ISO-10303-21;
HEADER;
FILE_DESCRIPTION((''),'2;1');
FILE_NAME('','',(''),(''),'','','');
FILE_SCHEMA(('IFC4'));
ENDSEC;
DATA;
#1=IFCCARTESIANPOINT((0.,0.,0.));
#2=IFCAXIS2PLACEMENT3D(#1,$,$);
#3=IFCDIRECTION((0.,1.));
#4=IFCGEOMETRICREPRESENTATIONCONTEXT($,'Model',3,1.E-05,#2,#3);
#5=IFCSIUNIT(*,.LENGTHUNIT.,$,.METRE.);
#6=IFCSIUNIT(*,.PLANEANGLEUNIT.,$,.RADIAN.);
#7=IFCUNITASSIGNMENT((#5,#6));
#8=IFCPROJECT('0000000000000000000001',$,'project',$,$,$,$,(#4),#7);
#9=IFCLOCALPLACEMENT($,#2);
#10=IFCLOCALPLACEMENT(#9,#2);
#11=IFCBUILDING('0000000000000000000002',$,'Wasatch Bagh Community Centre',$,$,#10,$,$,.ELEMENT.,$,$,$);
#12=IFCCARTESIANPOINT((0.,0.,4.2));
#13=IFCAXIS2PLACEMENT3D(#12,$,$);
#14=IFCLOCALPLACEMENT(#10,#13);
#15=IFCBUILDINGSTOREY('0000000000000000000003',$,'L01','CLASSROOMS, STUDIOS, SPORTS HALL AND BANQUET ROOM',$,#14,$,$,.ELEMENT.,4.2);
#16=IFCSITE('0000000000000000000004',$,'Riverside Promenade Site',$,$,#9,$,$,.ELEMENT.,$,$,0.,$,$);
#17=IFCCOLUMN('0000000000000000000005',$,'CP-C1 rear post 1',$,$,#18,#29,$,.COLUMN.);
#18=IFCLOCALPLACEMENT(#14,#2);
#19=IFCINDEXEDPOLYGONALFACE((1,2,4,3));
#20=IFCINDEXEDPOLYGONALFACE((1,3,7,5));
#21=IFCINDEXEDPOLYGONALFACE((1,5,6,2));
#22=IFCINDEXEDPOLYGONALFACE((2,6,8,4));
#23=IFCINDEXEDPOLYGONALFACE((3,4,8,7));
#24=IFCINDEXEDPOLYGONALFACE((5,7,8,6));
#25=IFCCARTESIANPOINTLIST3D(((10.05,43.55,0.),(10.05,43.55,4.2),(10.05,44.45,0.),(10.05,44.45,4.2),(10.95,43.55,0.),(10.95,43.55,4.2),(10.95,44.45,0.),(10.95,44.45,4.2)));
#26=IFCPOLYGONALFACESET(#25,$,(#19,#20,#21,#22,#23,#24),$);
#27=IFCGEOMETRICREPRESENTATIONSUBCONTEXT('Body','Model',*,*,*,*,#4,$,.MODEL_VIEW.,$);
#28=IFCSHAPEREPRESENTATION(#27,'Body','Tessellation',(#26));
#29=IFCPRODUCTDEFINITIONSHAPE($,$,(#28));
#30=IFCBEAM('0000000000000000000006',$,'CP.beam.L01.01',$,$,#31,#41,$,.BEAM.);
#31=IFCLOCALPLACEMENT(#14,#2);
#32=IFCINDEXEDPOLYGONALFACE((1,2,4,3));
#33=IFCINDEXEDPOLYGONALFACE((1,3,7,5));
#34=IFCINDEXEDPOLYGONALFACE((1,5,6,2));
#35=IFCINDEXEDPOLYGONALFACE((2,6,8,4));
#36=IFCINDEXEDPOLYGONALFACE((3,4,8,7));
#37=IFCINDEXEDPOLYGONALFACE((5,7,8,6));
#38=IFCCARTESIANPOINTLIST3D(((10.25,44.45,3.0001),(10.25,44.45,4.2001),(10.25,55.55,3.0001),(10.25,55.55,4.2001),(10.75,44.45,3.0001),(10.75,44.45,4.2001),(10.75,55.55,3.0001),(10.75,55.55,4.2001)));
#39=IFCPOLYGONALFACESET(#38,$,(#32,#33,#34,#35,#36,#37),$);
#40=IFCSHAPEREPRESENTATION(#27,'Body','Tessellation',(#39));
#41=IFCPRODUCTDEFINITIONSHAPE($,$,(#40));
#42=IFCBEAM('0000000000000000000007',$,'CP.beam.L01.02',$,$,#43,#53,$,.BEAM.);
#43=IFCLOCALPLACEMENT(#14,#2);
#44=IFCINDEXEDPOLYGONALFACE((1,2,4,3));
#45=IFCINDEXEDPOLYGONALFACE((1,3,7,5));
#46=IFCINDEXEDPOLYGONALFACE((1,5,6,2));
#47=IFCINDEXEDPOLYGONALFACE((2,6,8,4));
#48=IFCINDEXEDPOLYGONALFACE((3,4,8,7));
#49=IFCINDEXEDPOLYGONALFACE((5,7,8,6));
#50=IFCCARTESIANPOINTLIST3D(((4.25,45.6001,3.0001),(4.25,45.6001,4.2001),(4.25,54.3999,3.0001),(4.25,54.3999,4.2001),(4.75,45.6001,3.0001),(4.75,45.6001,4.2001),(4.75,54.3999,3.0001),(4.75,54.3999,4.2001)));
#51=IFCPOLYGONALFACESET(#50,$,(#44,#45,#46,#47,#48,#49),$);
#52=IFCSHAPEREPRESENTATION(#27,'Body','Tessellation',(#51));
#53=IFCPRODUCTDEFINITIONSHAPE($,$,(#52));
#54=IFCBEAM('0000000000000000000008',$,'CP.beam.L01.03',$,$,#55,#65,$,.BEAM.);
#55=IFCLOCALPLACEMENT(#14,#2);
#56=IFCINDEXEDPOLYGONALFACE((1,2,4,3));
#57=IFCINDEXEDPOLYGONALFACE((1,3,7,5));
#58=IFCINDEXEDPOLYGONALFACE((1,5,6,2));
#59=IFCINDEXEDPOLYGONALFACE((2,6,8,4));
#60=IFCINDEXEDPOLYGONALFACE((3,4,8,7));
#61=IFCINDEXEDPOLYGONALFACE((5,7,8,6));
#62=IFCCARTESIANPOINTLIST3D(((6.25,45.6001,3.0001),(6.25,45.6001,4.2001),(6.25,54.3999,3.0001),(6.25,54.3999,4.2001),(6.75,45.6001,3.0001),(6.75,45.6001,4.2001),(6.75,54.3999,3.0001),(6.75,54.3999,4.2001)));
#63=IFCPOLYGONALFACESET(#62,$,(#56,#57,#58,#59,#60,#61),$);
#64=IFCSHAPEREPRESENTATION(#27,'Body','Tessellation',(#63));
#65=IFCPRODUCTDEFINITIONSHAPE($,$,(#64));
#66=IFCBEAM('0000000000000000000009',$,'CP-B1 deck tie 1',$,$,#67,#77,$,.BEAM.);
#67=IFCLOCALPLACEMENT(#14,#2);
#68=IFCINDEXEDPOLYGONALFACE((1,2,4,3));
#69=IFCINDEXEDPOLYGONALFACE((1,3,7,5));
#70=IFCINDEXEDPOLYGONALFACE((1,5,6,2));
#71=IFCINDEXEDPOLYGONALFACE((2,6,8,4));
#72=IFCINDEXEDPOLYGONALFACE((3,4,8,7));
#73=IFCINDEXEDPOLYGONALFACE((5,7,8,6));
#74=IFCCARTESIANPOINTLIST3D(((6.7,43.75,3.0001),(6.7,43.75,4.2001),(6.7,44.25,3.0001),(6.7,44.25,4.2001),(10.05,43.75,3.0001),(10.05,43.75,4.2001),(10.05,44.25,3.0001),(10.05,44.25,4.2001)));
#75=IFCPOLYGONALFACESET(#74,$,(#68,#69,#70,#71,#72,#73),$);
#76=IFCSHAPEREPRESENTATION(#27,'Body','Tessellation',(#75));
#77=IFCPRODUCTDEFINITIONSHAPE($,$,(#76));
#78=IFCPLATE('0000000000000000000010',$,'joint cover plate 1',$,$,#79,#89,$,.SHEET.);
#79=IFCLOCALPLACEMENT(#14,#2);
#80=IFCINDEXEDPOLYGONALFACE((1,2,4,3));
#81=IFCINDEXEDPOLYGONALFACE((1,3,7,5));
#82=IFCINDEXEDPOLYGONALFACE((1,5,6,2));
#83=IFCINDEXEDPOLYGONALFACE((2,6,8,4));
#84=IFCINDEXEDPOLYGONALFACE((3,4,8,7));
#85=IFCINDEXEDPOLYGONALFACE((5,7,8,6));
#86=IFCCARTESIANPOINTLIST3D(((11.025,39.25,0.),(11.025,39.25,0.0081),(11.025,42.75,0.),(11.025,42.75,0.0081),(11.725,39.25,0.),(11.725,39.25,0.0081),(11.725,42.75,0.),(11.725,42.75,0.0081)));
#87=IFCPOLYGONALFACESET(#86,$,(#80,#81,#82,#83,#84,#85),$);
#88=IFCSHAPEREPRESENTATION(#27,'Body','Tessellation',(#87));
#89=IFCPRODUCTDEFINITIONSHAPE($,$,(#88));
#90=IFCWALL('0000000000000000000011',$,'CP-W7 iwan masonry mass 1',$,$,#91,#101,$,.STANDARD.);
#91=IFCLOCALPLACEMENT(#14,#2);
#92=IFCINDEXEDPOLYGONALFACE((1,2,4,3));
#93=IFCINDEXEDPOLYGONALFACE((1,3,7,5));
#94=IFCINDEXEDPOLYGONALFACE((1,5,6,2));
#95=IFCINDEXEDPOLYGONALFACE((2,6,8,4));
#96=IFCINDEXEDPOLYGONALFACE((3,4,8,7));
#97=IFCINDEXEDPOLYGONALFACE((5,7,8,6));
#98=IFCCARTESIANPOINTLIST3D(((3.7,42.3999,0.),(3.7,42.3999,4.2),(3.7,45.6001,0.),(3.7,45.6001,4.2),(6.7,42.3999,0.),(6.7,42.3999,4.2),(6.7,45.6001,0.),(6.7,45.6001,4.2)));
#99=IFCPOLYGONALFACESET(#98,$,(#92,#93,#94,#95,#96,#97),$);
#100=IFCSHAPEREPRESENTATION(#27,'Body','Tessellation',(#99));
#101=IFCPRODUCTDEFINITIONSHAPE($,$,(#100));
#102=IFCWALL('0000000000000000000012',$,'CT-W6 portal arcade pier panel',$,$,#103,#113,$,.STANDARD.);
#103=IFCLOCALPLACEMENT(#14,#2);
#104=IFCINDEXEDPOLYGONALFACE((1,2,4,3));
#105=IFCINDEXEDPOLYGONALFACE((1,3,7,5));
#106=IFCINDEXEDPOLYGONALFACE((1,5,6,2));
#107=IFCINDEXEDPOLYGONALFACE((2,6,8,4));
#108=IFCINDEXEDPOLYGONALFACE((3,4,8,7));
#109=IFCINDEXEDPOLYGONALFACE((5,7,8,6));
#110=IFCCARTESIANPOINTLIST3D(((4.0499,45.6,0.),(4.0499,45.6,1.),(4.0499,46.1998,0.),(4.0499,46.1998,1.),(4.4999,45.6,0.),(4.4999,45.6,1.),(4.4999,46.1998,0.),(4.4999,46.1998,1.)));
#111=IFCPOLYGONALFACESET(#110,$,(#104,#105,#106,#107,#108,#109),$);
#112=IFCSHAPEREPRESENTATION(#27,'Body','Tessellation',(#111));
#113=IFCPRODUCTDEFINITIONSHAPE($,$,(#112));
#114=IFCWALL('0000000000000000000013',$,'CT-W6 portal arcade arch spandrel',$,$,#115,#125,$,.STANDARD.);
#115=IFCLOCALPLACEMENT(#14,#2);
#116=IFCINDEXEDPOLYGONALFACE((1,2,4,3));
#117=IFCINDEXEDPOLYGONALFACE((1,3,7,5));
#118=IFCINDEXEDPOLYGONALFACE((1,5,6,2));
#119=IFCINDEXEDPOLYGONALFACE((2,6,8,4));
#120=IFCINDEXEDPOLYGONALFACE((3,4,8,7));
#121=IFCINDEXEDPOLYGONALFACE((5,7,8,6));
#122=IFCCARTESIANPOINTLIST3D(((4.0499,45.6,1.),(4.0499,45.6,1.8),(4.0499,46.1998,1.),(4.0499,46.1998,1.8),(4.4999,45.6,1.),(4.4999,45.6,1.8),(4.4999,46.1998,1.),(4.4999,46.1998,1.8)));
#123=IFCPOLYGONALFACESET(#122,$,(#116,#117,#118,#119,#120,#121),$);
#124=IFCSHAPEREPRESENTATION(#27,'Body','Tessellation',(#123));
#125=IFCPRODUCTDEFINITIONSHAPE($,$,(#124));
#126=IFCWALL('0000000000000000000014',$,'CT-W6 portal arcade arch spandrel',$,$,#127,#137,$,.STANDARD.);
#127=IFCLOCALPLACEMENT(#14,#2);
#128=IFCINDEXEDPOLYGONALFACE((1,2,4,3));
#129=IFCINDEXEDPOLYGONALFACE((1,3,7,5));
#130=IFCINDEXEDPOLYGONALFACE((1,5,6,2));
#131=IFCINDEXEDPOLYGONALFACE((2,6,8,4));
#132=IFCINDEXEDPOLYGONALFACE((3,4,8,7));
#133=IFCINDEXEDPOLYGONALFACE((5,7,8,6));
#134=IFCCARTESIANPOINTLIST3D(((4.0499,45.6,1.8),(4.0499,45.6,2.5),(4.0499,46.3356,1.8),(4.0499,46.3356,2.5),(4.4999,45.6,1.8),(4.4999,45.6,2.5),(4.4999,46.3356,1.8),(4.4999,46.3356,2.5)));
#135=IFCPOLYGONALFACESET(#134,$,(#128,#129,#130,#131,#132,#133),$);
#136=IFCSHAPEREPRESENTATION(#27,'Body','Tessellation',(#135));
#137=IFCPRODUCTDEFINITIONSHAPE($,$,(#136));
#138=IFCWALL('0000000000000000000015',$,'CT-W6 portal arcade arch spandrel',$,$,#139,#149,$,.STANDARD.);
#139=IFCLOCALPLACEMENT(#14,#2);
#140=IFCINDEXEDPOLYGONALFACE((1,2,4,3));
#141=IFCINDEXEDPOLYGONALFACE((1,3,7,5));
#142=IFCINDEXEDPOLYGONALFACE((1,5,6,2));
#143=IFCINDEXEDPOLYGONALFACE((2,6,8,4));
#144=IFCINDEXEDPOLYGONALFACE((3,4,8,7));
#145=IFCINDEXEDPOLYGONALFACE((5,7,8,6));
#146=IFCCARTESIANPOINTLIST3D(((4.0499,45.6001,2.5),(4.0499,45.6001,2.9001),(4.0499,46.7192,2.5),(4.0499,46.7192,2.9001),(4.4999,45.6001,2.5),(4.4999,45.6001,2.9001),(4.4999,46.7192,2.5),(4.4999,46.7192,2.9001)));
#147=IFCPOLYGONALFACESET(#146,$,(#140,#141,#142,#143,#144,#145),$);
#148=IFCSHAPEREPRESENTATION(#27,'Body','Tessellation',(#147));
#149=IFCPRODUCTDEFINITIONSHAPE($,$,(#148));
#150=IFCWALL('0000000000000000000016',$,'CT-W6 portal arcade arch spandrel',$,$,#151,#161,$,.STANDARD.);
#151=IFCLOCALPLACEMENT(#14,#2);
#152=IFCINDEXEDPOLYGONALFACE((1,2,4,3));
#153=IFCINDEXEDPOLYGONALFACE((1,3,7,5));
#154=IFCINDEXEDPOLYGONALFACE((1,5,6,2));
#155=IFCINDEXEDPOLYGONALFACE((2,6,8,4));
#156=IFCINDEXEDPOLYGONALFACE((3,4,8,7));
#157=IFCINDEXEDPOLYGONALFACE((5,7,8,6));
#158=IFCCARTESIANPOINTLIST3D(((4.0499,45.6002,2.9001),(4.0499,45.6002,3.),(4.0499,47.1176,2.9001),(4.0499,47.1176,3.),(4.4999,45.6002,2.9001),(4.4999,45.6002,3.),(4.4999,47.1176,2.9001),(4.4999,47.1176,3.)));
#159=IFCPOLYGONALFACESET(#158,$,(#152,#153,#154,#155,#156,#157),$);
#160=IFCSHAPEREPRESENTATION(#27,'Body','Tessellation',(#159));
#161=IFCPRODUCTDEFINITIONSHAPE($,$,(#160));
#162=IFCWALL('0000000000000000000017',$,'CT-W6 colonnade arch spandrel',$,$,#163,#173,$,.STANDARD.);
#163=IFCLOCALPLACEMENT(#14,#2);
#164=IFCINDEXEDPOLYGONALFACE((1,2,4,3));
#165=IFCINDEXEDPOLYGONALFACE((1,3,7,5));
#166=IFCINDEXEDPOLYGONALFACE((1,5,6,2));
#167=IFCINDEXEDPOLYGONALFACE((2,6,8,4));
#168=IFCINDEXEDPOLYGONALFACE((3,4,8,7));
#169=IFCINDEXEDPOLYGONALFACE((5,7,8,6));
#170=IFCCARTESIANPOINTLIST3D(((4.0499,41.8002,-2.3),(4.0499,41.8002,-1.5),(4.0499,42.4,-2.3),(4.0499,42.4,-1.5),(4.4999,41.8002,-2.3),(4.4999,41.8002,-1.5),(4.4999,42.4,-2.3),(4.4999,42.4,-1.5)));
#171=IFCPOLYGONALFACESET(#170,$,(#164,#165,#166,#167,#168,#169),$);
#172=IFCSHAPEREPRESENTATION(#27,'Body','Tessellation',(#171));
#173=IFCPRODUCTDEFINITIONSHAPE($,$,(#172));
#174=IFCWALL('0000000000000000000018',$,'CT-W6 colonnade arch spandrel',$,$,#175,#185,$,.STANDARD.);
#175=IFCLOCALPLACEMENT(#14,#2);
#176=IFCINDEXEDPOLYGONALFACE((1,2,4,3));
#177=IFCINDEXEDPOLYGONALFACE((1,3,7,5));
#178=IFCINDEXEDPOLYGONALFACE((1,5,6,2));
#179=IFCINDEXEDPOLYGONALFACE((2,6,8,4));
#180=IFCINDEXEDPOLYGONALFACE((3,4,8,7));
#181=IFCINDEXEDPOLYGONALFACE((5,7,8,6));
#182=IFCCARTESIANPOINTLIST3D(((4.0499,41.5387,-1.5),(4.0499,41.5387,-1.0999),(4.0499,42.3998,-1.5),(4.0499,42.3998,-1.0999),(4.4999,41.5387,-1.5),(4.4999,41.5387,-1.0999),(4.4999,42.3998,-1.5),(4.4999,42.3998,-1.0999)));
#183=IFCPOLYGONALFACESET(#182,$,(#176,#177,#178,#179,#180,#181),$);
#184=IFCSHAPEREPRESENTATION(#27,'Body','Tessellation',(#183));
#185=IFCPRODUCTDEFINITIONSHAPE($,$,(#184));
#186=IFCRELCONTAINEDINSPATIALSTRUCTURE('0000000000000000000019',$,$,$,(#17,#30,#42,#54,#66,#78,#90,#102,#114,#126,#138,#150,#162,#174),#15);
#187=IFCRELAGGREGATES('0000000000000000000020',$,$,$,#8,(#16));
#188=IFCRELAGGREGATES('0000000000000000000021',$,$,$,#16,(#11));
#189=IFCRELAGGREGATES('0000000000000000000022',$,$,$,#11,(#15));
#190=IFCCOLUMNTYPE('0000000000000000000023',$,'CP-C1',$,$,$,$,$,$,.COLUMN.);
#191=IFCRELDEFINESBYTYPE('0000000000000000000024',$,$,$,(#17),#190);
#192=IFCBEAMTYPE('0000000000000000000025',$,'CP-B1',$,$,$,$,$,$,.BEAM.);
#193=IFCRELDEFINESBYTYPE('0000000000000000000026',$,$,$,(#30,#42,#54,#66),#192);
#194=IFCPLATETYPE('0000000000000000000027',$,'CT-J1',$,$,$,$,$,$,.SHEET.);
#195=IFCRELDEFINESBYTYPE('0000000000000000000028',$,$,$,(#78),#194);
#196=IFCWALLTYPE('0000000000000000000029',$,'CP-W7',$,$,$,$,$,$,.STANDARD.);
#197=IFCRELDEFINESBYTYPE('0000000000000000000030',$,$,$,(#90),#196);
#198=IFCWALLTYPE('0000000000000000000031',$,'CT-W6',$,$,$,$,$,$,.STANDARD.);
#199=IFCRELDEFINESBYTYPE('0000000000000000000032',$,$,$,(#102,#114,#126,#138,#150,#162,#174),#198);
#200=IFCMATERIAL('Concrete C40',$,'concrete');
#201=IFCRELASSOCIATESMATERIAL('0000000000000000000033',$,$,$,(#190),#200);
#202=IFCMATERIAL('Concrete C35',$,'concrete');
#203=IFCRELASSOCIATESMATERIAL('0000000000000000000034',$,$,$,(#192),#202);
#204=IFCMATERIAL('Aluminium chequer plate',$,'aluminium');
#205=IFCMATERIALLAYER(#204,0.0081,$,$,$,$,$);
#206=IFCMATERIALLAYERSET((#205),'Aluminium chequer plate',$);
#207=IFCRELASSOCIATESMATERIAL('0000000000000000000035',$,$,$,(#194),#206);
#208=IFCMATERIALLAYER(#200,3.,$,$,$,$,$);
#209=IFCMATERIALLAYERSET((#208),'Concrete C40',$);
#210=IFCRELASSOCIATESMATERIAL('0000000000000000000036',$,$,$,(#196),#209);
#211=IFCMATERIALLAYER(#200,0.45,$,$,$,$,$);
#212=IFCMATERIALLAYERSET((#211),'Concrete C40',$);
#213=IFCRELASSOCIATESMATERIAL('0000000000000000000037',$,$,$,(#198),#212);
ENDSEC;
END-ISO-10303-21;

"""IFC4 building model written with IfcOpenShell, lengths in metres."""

from ifc_helpers import new_model, si_unit, direction, frame, frame_2d, origin, origin_2d, place, context, subcontext, project, spatial, rectangle, extrude, material, layer, layer_set, material_profile, profile_set, type_object, element, save


model = new_model("IFC4")

# Units and contexts
model_context = context("Model", 3, precision=1e-05, world=origin(), true_north=direction((0.0, 1.0)))
body_context = subcontext(model_context, "Body", "Model", "MODEL_VIEW")
ifc_project = project(units=[si_unit("LENGTHUNIT", "METRE"), si_unit("PLANEANGLEUNIT", "RADIAN")], contexts=[model_context])

# Site, building, storey
site_placement = place(None, origin())
site = spatial("IfcSite", under=ifc_project, at=site_placement, Name="Riverside Promenade Site", CompositionType="ELEMENT", RefElevation=0.0)
building_placement = place(site_placement, origin())
building = spatial("IfcBuilding", under=site, at=building_placement, Name="Wasatch Bagh Community Centre", CompositionType="ELEMENT")
storey_placement = place(building_placement, frame((0.0, 0.0, 4.2)))
storey = spatial("IfcBuildingStorey", under=building, at=storey_placement, Name="L01", Description="CLASSROOMS, STUDIOS, SPORTS HALL AND BANQUET ROOM", CompositionType="ELEMENT", Elevation=4.2)

# Column
ifc_material_1 = material(Name="Concrete C40", Category="concrete")
ifc_material_profile_1 = material_profile(ifc_material_1, rectangle(XDim=0.8999, YDim=0.8999, at=origin_2d()), Name="RC 900x900")
ifc_profile_set_1 = profile_set([ifc_material_profile_1], Name="Concrete C40")
column_type = type_object("IfcColumnType", Name="CP-C1", PredefinedType="COLUMN", material=ifc_profile_set_1)
column_placement = place(storey_placement, frame((10.5, 44.0, 0.0), z_axis=(0.0, 0.0, 1.0), x_axis=(1.0, 0.0, 0.0)))
element("IfcColumn", 1, at=column_placement, inside=storey, type_object=column_type, Name="CP-C1 rear post 1", PredefinedType="COLUMN", context=body_context, shape_type="SweptSolid", body=[
    extrude(rectangle(XDim=0.8999, YDim=0.8999, at=origin_2d()), origin(), (0.0, 0.0, 1.0), 4.2),
])

# Beams
ifc_material_2 = material(Name="Concrete C35", Category="concrete")
ifc_material_profile_2 = material_profile(ifc_material_2, rectangle(XDim=0.5, YDim=1.2, at=origin_2d()), Name="RC 500x1200")
ifc_profile_set_2 = profile_set([ifc_material_profile_2], Name="Concrete C35")
beam_type = type_object("IfcBeamType", Name="CP-B1", PredefinedType="BEAM", material=ifc_profile_set_2)
beam_1_placement = place(storey_placement, frame((10.5, 44.45, 3.6001), z_axis=(0.0, 1.0, 0.0), x_axis=(-1.0, 0.0, 0.0)))
element("IfcBeam", 2, at=beam_1_placement, inside=storey, type_object=beam_type, Name="CP.beam.L01.01", PredefinedType="BEAM", context=body_context, shape_type="SweptSolid", body=[
    extrude(rectangle(XDim=0.5, YDim=1.2, at=origin_2d()), origin(), (0.0, 0.0, 1.0), 11.1001),
])
for number, where, z_axis, x_axis, name in (
    (3, (4.5, 45.6001, 3.6001), (0.0, 1.0, 0.0), (-1.0, 0.0, 0.0), "CP.beam.L01.02"),
    (4, (6.5, 45.6001, 3.6001), (0.0, 1.0, 0.0), (-1.0, 0.0, 0.0), "CP.beam.L01.03"),
):
    element("IfcBeam", number, at=place(storey_placement, frame(where, z_axis=z_axis, x_axis=x_axis)), inside=storey, type_object=beam_type, Name=name, PredefinedType="BEAM", context=body_context, shape_type="SweptSolid", body=[
        extrude(rectangle(XDim=0.5, YDim=1.2, at=origin_2d()), origin(), (0.0, 0.0, 1.0), 8.7998),
    ])
beam_2_placement = place(storey_placement, frame((6.7, 44.0, 3.6001), z_axis=(1.0, 0.0, 0.0), x_axis=(0.0, 1.0, 0.0)))
element("IfcBeam", 5, at=beam_2_placement, inside=storey, type_object=beam_type, Name="CP-B1 deck tie 1", PredefinedType="BEAM", context=body_context, shape_type="SweptSolid", body=[
    extrude(rectangle(XDim=0.5, YDim=1.2, at=origin_2d()), origin(), (0.0, 0.0, 1.0), 3.3501),
])

# Plate
ifc_material_3 = material(Name="Aluminium chequer plate", Category="aluminium")
ifc_layer_1 = layer(ifc_material_3, 0.0081)
ifc_layer_set_1 = layer_set([ifc_layer_1], Name="Aluminium chequer plate")
plate_type = type_object("IfcPlateType", Name="CT-J1", PredefinedType="SHEET", material=ifc_layer_set_1)
plate_placement = place(storey_placement, frame((11.375, 41.0, 0.0), z_axis=(0.0, 0.0, 1.0), x_axis=(1.0, 0.0, 0.0)))
element("IfcPlate", 6, at=plate_placement, inside=storey, type_object=plate_type, Name="joint cover plate 1", PredefinedType="SHEET", context=body_context, shape_type="SweptSolid", body=[
    extrude(rectangle(XDim=0.7, YDim=3.5, at=origin_2d()), origin(), (0.0, 0.0, 1.0), 0.0081),
])

# Walls
ifc_layer_2 = layer(ifc_material_1, 3.0)
ifc_layer_set_2 = layer_set([ifc_layer_2], Name="Concrete C40")
wall_type_1 = type_object("IfcWallType", Name="CP-W7", PredefinedType="STANDARD", material=ifc_layer_set_2)
wall_1_placement = place(storey_placement, frame((5.2, 42.3999, 0.0), z_axis=(0.0, 0.0, 1.0), x_axis=(0.0, 1.0, 0.0)))
element("IfcWall", 7, at=wall_1_placement, inside=storey, type_object=wall_type_1, Name="CP-W7 iwan masonry mass 1", PredefinedType="STANDARD", context=body_context, shape_type="SweptSolid", body=[
    extrude(rectangle(XDim=3.2002, YDim=3.0, at=frame_2d((1.6001, 0.0))), origin(), (0.0, 0.0, 1.0), 4.2),
])
ifc_layer_3 = layer(ifc_material_1, 0.45)
ifc_layer_set_3 = layer_set([ifc_layer_3], Name="Concrete C40")
wall_type_2 = type_object("IfcWallType", Name="CT-W6", PredefinedType="STANDARD", material=ifc_layer_set_3)
wall_2_placement = place(storey_placement, frame((4.2749, 45.6001, 0.0), z_axis=(0.0, 0.0, 1.0), x_axis=(0.0, 1.0, 0.0)))
element("IfcWall", 8, at=wall_2_placement, inside=storey, type_object=wall_type_2, Name="CT-W6 portal arcade pier panel", PredefinedType="STANDARD", context=body_context, shape_type="SweptSolid", body=[
    extrude(rectangle(XDim=0.5999, YDim=0.45, at=frame_2d((0.2998, 0.0))), origin(), (0.0, 0.0, 1.0), 1.0),
])
wall_3_placement = place(storey_placement, frame((4.2749, 45.6001, 1.0), z_axis=(0.0, 0.0, 1.0), x_axis=(0.0, 1.0, 0.0)))
element("IfcWall", 9, at=wall_3_placement, inside=storey, type_object=wall_type_2, Name="CT-W6 portal arcade arch spandrel", PredefinedType="STANDARD", context=body_context, shape_type="SweptSolid", body=[
    extrude(rectangle(XDim=0.5999, YDim=0.45, at=frame_2d((0.2998, 0.0))), origin(), (0.0, 0.0, 1.0), 0.8),
])
wall_4_placement = place(storey_placement, frame((4.2749, 45.6001, 1.8), z_axis=(0.0, 0.0, 1.0), x_axis=(0.0, 1.0, 0.0)))
element("IfcWall", 10, at=wall_4_placement, inside=storey, type_object=wall_type_2, Name="CT-W6 portal arcade arch spandrel", PredefinedType="STANDARD", context=body_context, shape_type="SweptSolid", body=[
    extrude(rectangle(XDim=0.7356, YDim=0.45, at=frame_2d((0.3677, 0.0))), origin(), (0.0, 0.0, 1.0), 0.7),
])
wall_5_placement = place(storey_placement, frame((4.2749, 45.6001, 2.5), z_axis=(0.0, 0.0, 1.0), x_axis=(0.0, 1.0, 0.0)))
element("IfcWall", 11, at=wall_5_placement, inside=storey, type_object=wall_type_2, Name="CT-W6 portal arcade arch spandrel", PredefinedType="STANDARD", context=body_context, shape_type="SweptSolid", body=[
    extrude(rectangle(XDim=1.1191, YDim=0.45, at=frame_2d((0.5596, 0.0))), origin(), (0.0, 0.0, 1.0), 0.4001),
])
wall_6_placement = place(storey_placement, frame((4.2749, 45.6001, 2.9001), z_axis=(0.0, 0.0, 1.0), x_axis=(0.0, 1.0, 0.0)))
element("IfcWall", 12, at=wall_6_placement, inside=storey, type_object=wall_type_2, Name="CT-W6 portal arcade arch spandrel", PredefinedType="STANDARD", context=body_context, shape_type="SweptSolid", body=[
    extrude(rectangle(XDim=1.5173, YDim=0.45, at=frame_2d((0.7588, 0.0))), origin(), (0.0, 0.0, 1.0), 0.0999),
])
wall_7_placement = place(storey_placement, frame((4.2749, 42.3999, -2.3), z_axis=(0.0, 0.0, 1.0), x_axis=(0.0, -1.0, 0.0)))
element("IfcWall", 13, at=wall_7_placement, inside=storey, type_object=wall_type_2, Name="CT-W6 colonnade arch spandrel", PredefinedType="STANDARD", context=body_context, shape_type="SweptSolid", body=[
    extrude(rectangle(XDim=0.5999, YDim=0.45, at=frame_2d((0.2998, 0.0))), origin(), (0.0, 0.0, 1.0), 0.8),
])
wall_8_placement = place(storey_placement, frame((4.2749, 42.3999, -1.5), z_axis=(0.0, 0.0, 1.0), x_axis=(0.0, -1.0, 0.0)))
element("IfcWall", 14, at=wall_8_placement, inside=storey, type_object=wall_type_2, Name="CT-W6 colonnade arch spandrel", PredefinedType="STANDARD", context=body_context, shape_type="SweptSolid", body=[
    extrude(rectangle(XDim=0.8611, YDim=0.45, at=frame_2d((0.4307, 0.0))), origin(), (0.0, 0.0, 1.0), 0.4001),
])

save(model, "model.ifc")
